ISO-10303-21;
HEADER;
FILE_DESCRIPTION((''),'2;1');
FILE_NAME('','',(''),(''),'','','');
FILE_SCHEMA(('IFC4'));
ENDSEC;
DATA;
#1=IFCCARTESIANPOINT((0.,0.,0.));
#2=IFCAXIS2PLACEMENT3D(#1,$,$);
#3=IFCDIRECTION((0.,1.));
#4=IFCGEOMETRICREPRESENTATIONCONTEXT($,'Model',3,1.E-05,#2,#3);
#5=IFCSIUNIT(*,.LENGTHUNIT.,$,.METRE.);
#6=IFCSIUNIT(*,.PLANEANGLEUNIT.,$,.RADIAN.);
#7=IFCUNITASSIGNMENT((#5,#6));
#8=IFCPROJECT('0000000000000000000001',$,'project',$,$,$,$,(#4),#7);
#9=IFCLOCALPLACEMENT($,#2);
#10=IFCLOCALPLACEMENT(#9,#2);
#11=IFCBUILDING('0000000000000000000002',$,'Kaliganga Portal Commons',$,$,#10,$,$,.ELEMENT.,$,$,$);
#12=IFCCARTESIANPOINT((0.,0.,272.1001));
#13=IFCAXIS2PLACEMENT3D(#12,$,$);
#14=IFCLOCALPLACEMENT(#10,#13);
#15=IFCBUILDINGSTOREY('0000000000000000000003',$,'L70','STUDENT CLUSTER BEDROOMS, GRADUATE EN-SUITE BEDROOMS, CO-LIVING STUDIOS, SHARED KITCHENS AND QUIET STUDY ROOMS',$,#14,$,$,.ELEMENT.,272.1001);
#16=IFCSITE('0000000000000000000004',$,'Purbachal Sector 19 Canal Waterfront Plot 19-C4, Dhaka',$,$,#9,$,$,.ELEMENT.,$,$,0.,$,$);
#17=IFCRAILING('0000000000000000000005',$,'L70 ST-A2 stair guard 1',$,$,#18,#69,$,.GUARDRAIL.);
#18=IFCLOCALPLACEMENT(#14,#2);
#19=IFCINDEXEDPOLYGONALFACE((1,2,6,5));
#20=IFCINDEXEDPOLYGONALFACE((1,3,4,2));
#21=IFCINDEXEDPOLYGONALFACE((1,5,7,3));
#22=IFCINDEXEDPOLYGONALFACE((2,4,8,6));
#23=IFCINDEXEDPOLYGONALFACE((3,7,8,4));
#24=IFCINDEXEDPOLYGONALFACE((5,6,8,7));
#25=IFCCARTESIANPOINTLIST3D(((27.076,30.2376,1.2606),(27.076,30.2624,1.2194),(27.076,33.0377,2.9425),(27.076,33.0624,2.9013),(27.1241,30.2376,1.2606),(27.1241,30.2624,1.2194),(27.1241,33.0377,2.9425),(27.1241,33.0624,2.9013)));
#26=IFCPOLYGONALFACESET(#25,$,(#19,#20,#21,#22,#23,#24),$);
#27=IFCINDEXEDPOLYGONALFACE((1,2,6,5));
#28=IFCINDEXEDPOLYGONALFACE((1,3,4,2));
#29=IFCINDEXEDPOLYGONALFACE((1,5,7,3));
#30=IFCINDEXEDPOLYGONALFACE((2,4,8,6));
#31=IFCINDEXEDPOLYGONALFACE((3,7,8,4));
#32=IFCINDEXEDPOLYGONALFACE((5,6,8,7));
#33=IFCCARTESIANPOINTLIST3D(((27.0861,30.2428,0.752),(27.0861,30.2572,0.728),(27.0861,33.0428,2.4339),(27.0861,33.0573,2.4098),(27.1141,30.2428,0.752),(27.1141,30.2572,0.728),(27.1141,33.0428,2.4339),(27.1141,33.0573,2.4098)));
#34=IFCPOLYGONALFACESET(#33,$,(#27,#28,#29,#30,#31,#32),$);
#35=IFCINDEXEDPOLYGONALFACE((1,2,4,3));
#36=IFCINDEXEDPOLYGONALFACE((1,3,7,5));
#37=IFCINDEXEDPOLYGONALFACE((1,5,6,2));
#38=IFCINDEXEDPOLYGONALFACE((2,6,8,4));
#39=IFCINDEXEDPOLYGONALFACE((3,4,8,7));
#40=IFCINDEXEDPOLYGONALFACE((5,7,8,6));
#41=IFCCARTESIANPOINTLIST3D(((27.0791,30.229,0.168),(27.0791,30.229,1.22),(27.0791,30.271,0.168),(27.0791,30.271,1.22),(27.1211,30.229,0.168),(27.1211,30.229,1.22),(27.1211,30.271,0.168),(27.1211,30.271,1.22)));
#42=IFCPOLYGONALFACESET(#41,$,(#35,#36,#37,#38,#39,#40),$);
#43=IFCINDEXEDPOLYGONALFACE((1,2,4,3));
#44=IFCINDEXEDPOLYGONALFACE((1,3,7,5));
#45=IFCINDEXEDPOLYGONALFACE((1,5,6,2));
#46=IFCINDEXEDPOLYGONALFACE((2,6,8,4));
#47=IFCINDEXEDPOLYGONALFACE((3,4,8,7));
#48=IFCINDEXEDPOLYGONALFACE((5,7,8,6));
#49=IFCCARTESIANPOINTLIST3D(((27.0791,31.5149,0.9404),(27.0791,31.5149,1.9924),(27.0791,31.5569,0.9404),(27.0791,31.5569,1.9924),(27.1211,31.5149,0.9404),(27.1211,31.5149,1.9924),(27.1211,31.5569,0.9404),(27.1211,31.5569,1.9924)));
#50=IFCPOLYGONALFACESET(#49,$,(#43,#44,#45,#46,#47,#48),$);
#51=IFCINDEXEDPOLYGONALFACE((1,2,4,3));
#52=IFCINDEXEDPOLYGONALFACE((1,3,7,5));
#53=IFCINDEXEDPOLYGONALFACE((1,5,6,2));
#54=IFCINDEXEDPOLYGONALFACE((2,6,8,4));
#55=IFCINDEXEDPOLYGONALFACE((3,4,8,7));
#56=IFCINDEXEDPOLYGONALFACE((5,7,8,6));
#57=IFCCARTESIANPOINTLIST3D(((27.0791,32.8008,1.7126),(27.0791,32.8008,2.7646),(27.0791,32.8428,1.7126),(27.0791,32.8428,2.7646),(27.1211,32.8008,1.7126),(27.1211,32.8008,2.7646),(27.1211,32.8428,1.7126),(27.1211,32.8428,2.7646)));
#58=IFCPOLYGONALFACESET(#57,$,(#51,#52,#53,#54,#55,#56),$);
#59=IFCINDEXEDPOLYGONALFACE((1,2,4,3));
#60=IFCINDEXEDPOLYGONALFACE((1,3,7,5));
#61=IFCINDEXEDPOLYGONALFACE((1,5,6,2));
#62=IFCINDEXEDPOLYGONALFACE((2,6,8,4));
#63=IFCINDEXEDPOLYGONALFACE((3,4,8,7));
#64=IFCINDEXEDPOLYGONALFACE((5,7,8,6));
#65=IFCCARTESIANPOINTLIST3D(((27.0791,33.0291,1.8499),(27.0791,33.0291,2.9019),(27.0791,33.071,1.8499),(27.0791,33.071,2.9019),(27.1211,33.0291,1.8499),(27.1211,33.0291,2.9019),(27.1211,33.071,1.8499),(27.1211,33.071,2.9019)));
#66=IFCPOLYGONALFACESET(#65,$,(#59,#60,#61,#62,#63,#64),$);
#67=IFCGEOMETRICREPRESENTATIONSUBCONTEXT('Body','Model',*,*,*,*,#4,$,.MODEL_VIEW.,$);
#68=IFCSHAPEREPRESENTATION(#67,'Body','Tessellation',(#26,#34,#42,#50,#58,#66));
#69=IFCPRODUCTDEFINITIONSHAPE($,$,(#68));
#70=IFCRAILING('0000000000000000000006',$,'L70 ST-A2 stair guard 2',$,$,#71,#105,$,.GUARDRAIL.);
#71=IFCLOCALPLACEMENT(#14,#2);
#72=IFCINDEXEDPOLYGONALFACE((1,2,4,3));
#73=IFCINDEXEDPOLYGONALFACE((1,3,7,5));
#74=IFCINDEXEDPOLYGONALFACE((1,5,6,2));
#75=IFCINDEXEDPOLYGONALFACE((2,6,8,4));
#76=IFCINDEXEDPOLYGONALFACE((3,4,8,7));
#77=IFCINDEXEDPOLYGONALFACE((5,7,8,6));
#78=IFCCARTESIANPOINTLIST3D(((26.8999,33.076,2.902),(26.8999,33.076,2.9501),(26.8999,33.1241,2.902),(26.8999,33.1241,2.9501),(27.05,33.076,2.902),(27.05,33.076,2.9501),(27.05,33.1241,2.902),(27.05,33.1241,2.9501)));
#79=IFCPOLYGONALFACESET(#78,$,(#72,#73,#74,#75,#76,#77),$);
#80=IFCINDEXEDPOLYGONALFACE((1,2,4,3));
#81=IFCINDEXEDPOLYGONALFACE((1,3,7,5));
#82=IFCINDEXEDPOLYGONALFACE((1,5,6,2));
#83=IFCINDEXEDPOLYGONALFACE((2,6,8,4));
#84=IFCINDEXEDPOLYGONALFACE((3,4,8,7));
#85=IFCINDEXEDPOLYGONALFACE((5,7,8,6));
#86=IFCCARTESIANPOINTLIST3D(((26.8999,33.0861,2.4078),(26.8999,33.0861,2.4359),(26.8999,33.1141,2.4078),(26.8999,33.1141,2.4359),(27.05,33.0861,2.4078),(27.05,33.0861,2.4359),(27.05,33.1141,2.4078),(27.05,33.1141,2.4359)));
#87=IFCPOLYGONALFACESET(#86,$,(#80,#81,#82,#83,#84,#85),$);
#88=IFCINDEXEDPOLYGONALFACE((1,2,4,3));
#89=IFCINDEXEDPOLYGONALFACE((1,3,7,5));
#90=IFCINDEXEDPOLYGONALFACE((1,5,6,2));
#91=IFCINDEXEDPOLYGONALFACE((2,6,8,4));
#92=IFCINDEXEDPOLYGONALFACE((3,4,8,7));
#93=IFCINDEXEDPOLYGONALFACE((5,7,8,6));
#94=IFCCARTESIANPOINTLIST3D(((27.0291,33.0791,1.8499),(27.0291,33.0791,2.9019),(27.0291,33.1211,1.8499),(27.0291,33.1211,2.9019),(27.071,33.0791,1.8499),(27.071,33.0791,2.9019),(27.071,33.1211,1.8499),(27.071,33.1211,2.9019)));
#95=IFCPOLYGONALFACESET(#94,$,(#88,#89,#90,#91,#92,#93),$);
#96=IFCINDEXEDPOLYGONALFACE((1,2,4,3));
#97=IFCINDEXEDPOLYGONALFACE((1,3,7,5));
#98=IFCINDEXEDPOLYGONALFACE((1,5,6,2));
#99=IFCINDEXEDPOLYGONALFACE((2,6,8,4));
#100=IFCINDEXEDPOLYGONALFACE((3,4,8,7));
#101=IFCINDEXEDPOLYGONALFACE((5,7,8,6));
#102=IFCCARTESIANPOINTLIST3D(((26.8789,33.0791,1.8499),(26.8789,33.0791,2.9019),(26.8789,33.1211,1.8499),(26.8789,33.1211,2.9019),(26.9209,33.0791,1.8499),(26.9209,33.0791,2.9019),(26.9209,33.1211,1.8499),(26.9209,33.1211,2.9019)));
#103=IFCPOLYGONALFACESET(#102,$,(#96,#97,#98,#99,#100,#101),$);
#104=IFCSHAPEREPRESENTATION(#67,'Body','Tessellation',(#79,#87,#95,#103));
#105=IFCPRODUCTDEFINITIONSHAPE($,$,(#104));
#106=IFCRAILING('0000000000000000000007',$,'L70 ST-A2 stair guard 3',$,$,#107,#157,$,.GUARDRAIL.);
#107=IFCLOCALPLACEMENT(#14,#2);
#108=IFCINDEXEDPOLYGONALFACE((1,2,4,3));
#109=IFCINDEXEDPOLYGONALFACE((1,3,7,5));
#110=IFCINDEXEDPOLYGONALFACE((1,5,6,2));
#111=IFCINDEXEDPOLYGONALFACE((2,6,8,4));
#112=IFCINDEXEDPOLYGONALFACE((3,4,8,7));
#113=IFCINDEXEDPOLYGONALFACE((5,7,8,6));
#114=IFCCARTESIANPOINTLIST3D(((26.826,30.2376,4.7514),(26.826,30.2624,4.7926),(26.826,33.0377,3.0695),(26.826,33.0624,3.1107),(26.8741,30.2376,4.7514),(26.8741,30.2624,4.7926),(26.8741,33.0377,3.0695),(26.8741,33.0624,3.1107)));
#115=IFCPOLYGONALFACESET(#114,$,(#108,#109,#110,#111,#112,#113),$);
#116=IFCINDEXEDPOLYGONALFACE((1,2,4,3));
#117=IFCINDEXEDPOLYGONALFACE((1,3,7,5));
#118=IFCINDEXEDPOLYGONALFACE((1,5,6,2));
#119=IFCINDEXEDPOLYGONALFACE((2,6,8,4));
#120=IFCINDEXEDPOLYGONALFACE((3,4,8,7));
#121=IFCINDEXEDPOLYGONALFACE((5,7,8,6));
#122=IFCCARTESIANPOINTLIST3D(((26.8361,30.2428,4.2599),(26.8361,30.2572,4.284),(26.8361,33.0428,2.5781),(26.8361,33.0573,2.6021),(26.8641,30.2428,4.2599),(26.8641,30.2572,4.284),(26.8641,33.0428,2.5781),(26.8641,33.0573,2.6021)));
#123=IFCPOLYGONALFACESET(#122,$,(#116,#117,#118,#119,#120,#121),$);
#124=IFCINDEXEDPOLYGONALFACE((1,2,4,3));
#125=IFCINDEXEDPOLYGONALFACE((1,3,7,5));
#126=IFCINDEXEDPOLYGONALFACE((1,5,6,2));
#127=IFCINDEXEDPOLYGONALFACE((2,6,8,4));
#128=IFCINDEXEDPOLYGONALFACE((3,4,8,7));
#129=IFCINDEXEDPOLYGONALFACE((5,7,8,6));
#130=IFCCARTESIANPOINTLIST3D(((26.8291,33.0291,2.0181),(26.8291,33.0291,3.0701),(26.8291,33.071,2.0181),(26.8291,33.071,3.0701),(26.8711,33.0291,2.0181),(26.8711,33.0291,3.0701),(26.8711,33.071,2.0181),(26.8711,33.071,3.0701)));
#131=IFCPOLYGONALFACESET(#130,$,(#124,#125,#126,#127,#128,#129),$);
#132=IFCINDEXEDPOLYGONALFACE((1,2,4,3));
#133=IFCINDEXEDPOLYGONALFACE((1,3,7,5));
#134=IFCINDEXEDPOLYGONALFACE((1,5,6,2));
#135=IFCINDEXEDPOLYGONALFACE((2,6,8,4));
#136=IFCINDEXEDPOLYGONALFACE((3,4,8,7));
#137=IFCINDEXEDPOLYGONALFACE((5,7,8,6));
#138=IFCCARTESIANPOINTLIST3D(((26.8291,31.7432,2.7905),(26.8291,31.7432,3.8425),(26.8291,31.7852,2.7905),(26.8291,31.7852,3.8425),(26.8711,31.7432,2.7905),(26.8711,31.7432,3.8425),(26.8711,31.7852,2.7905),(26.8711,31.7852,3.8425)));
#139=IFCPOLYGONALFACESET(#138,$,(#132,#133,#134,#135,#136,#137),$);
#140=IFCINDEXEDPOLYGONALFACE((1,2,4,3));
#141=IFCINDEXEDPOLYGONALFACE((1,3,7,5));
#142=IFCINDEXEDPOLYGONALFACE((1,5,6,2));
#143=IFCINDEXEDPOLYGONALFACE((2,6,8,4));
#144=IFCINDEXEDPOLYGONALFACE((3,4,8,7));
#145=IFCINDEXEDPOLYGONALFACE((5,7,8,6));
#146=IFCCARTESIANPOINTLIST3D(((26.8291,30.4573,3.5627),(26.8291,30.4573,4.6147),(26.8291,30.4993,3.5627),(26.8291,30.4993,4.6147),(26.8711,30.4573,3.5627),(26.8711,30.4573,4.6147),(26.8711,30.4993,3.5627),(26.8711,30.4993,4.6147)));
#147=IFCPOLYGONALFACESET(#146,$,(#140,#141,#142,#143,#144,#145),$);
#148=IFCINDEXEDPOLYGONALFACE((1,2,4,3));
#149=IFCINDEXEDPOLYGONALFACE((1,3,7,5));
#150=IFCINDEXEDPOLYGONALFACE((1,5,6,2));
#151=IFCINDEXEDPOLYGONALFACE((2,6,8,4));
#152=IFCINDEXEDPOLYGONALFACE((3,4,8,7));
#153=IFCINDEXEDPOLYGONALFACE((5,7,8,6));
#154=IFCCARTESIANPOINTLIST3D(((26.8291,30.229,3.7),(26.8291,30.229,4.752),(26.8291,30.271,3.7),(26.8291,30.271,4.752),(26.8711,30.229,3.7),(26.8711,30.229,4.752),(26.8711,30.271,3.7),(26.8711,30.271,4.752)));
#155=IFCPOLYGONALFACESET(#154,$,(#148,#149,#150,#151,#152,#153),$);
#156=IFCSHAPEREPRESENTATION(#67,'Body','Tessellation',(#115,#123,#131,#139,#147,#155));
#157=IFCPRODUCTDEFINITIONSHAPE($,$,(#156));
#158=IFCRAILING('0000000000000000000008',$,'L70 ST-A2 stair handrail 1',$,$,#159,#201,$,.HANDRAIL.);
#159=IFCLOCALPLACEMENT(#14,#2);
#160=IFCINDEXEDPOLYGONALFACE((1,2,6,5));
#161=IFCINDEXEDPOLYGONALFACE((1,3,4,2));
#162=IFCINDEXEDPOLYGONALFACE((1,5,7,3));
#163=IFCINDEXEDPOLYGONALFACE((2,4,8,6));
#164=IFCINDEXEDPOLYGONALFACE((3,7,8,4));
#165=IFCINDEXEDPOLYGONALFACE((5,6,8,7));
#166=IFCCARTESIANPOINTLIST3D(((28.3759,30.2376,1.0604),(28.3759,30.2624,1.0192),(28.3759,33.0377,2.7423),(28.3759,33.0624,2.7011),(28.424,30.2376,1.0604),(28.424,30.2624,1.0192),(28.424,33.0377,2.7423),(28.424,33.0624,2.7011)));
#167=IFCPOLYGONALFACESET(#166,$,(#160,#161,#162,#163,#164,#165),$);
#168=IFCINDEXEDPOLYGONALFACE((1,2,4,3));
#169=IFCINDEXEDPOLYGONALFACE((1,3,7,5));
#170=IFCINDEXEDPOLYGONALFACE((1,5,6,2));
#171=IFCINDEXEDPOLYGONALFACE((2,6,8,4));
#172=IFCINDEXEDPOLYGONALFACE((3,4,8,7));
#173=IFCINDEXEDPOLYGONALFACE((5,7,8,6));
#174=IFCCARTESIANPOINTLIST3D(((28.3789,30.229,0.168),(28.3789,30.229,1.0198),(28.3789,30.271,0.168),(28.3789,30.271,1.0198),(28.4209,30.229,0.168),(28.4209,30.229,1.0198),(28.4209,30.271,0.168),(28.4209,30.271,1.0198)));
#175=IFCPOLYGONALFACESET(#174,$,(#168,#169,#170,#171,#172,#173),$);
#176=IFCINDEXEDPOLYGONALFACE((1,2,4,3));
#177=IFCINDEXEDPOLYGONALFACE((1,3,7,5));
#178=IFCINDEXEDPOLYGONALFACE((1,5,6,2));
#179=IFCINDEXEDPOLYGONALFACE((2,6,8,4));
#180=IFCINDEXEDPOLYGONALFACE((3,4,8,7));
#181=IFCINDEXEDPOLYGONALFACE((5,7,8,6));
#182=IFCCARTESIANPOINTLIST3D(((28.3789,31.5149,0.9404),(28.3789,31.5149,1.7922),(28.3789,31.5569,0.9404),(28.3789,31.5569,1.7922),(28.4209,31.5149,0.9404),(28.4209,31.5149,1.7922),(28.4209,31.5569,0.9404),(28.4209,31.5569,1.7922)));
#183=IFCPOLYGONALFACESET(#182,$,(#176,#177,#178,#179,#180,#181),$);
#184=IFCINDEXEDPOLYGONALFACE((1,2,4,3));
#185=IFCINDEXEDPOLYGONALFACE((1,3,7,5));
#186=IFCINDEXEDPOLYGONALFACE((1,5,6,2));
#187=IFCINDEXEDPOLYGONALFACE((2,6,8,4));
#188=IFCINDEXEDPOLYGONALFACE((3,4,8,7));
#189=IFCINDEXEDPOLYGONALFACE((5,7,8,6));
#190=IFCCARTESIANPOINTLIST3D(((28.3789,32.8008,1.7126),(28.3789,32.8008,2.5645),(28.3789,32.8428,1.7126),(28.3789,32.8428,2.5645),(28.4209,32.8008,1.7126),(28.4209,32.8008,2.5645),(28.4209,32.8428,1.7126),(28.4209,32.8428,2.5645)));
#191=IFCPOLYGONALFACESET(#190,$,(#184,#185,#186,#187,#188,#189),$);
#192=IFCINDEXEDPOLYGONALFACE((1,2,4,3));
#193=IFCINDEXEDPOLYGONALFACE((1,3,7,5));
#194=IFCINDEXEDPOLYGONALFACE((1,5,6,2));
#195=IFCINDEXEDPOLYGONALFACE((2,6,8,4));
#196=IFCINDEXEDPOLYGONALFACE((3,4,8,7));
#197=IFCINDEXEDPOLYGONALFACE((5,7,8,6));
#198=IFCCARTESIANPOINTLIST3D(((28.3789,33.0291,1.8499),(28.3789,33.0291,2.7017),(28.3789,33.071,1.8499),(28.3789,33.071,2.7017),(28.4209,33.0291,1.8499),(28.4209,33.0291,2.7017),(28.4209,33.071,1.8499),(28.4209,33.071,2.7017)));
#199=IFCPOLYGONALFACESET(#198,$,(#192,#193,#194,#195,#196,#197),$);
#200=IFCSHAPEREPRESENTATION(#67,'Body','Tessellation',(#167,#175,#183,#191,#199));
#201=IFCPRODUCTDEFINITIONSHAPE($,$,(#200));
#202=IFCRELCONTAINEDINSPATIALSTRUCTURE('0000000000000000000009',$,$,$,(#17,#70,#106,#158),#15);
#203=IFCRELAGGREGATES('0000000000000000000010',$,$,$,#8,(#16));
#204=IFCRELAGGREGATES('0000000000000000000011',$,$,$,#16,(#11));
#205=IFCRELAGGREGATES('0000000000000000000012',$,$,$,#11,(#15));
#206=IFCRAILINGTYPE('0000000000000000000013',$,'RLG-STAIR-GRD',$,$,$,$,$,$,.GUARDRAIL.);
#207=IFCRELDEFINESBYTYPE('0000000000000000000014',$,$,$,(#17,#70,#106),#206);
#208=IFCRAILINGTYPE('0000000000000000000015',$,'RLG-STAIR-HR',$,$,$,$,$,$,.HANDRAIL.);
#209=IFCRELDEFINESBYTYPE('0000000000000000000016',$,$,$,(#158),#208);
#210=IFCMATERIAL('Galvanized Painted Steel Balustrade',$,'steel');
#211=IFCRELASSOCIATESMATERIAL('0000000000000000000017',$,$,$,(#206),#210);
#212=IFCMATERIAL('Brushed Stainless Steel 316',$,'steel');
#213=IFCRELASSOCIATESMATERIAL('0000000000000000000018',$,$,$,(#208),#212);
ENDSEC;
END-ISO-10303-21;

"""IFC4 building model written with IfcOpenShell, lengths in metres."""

from ifc_helpers import new_model, si_unit, direction, frame, origin, origin_2d, place, context, subcontext, project, spatial, rectangle, extrude, material, type_object, element, save


model = new_model("IFC4")

# Units and contexts
model_context = context("Model", 3, precision=1e-05, world=origin(), true_north=direction((0.0, 1.0)))
body_context = subcontext(model_context, "Body", "Model", "MODEL_VIEW")
ifc_project = project(units=[si_unit("LENGTHUNIT", "METRE"), si_unit("PLANEANGLEUNIT", "RADIAN")], contexts=[model_context])

# Site, building, storey
site_placement = place(None, origin())
site = spatial("IfcSite", under=ifc_project, at=site_placement, Name="Purbachal Sector 19 Canal Waterfront Plot 19-C4, Dhaka", CompositionType="ELEMENT", RefElevation=0.0)
building_placement = place(site_placement, origin())
building = spatial("IfcBuilding", under=site, at=building_placement, Name="Kaliganga Portal Commons", CompositionType="ELEMENT")
storey_placement = place(building_placement, frame((0.0, 0.0, 272.1001)))
storey = spatial("IfcBuildingStorey", under=building, at=storey_placement, Name="L70", Description="STUDENT CLUSTER BEDROOMS, GRADUATE EN-SUITE BEDROOMS, CO-LIVING STUDIOS, SHARED KITCHENS AND QUIET STUDY ROOMS", CompositionType="ELEMENT", Elevation=272.1001)

# Railings
ifc_material_1 = material(Name="Galvanized Painted Steel Balustrade", Category="steel")
railing_type_1 = type_object("IfcRailingType", Name="RLG-STAIR-GRD", PredefinedType="GUARDRAIL", material=ifc_material_1)
railing_1_placement = place(storey_placement, frame((27.1001, 30.25, 0.168)))
element("IfcRailing", 1, at=railing_1_placement, inside=storey, type_object=railing_type_1, Name="L70 ST-A2 stair guard 1", PredefinedType="GUARDRAIL", context=body_context, shape_type="SweptSolid", body=[
    extrude(rectangle(XDim=0.0481, YDim=0.0481, at=origin_2d()), frame((0.0, 0.0, 1.072), z_axis=(0.0, 0.857242, 0.514913), x_axis=(-1.0, 0.0, 0.0)), (0.0, 0.0, 1.0), 3.2664),
    extrude(rectangle(XDim=0.0281, YDim=0.0281, at=origin_2d()), frame((0.0, 0.0, 0.572), z_axis=(0.0, 0.857242, 0.514913), x_axis=(-1.0, 0.0, 0.0)), (0.0, 0.0, 1.0), 3.2664),
    extrude(rectangle(XDim=0.042, YDim=0.042, at=origin_2d()), origin(), (0.0, 0.0, 1.0), 1.052),
    extrude(rectangle(XDim=0.042, YDim=0.042, at=origin_2d()), frame((0.0, 1.2859, 0.7725)), (0.0, 0.0, 1.0), 1.052),
    extrude(rectangle(XDim=0.042, YDim=0.042, at=origin_2d()), frame((0.0, 2.5718, 1.5447)), (0.0, 0.0, 1.0), 1.052),
    extrude(rectangle(XDim=0.042, YDim=0.042, at=origin_2d()), frame((0.0, 2.8, 1.6819)), (0.0, 0.0, 1.0), 1.052),
])
railing_2_placement = place(storey_placement, frame((27.05, 33.1001, 1.8499)))
element("IfcRailing", 2, at=railing_2_placement, inside=storey, type_object=railing_type_1, Name="L70 ST-A2 stair guard 2", PredefinedType="GUARDRAIL", context=body_context, shape_type="SweptSolid", body=[
    extrude(rectangle(XDim=0.0481, YDim=0.0481, at=origin_2d()), frame((0.0, 0.0, 1.0762), z_axis=(-1.0, 0.0, 0.0), x_axis=(0.0, -1.0, 0.0)), (0.0, 0.0, 1.0), 0.1501),
    extrude(rectangle(XDim=0.0281, YDim=0.0281, at=origin_2d()), frame((0.0, 0.0, 0.572), z_axis=(-1.0, 0.0, 0.0), x_axis=(0.0, -1.0, 0.0)), (0.0, 0.0, 1.0), 0.1501),
    extrude(rectangle(XDim=0.042, YDim=0.042, at=origin_2d()), origin(), (0.0, 0.0, 1.0), 1.052),
    extrude(rectangle(XDim=0.042, YDim=0.042, at=origin_2d()), frame((-0.1501, 0.0, 0.0)), (0.0, 0.0, 1.0), 1.052),
])
railing_3_placement = place(storey_placement, frame((26.8501, 33.05, 2.0181)))
element("IfcRailing", 3, at=railing_3_placement, inside=storey, type_object=railing_type_1, Name="L70 ST-A2 stair guard 3", PredefinedType="GUARDRAIL", context=body_context, shape_type="SweptSolid", body=[
    extrude(rectangle(XDim=0.0481, YDim=0.0481, at=origin_2d()), frame((0.0, 0.0, 1.072), z_axis=(0.0, -0.857242, 0.514913), x_axis=(1.0, 0.0, 0.0)), (0.0, 0.0, 1.0), 3.2664),
    extrude(rectangle(XDim=0.0281, YDim=0.0281, at=origin_2d()), frame((0.0, 0.0, 0.572), z_axis=(0.0, -0.857242, 0.514913), x_axis=(1.0, 0.0, 0.0)), (0.0, 0.0, 1.0), 3.2664),
    extrude(rectangle(XDim=0.042, YDim=0.042, at=origin_2d()), origin(), (0.0, 0.0, 1.0), 1.052),
    extrude(rectangle(XDim=0.042, YDim=0.042, at=origin_2d()), frame((0.0, -1.2859, 0.7725)), (0.0, 0.0, 1.0), 1.052),
    extrude(rectangle(XDim=0.042, YDim=0.042, at=origin_2d()), frame((0.0, -2.5718, 1.5447)), (0.0, 0.0, 1.0), 1.052),
    extrude(rectangle(XDim=0.042, YDim=0.042, at=origin_2d()), frame((0.0, -2.8, 1.6819)), (0.0, 0.0, 1.0), 1.052),
])
ifc_material_2 = material(Name="Brushed Stainless Steel 316", Category="steel")
railing_type_2 = type_object("IfcRailingType", Name="RLG-STAIR-HR", PredefinedType="HANDRAIL", material=ifc_material_2)
railing_4_placement = place(storey_placement, frame((28.3999, 30.25, 0.168)))
element("IfcRailing", 4, at=railing_4_placement, inside=storey, type_object=railing_type_2, Name="L70 ST-A2 stair handrail 1", PredefinedType="HANDRAIL", context=body_context, shape_type="SweptSolid", body=[
    extrude(rectangle(XDim=0.0481, YDim=0.0481, at=origin_2d()), frame((0.0, 0.0, 0.8718), z_axis=(0.0, 0.857242, 0.514913), x_axis=(-1.0, 0.0, 0.0)), (0.0, 0.0, 1.0), 3.2664),
    extrude(rectangle(XDim=0.042, YDim=0.042, at=origin_2d()), origin(), (0.0, 0.0, 1.0), 0.8518),
    extrude(rectangle(XDim=0.042, YDim=0.042, at=origin_2d()), frame((0.0, 1.2859, 0.7725)), (0.0, 0.0, 1.0), 0.8518),
    extrude(rectangle(XDim=0.042, YDim=0.042, at=origin_2d()), frame((0.0, 2.5718, 1.5447)), (0.0, 0.0, 1.0), 0.8518),
    extrude(rectangle(XDim=0.042, YDim=0.042, at=origin_2d()), frame((0.0, 2.8, 1.6819)), (0.0, 0.0, 1.0), 0.8518),
])

save(model, "model.ifc")
